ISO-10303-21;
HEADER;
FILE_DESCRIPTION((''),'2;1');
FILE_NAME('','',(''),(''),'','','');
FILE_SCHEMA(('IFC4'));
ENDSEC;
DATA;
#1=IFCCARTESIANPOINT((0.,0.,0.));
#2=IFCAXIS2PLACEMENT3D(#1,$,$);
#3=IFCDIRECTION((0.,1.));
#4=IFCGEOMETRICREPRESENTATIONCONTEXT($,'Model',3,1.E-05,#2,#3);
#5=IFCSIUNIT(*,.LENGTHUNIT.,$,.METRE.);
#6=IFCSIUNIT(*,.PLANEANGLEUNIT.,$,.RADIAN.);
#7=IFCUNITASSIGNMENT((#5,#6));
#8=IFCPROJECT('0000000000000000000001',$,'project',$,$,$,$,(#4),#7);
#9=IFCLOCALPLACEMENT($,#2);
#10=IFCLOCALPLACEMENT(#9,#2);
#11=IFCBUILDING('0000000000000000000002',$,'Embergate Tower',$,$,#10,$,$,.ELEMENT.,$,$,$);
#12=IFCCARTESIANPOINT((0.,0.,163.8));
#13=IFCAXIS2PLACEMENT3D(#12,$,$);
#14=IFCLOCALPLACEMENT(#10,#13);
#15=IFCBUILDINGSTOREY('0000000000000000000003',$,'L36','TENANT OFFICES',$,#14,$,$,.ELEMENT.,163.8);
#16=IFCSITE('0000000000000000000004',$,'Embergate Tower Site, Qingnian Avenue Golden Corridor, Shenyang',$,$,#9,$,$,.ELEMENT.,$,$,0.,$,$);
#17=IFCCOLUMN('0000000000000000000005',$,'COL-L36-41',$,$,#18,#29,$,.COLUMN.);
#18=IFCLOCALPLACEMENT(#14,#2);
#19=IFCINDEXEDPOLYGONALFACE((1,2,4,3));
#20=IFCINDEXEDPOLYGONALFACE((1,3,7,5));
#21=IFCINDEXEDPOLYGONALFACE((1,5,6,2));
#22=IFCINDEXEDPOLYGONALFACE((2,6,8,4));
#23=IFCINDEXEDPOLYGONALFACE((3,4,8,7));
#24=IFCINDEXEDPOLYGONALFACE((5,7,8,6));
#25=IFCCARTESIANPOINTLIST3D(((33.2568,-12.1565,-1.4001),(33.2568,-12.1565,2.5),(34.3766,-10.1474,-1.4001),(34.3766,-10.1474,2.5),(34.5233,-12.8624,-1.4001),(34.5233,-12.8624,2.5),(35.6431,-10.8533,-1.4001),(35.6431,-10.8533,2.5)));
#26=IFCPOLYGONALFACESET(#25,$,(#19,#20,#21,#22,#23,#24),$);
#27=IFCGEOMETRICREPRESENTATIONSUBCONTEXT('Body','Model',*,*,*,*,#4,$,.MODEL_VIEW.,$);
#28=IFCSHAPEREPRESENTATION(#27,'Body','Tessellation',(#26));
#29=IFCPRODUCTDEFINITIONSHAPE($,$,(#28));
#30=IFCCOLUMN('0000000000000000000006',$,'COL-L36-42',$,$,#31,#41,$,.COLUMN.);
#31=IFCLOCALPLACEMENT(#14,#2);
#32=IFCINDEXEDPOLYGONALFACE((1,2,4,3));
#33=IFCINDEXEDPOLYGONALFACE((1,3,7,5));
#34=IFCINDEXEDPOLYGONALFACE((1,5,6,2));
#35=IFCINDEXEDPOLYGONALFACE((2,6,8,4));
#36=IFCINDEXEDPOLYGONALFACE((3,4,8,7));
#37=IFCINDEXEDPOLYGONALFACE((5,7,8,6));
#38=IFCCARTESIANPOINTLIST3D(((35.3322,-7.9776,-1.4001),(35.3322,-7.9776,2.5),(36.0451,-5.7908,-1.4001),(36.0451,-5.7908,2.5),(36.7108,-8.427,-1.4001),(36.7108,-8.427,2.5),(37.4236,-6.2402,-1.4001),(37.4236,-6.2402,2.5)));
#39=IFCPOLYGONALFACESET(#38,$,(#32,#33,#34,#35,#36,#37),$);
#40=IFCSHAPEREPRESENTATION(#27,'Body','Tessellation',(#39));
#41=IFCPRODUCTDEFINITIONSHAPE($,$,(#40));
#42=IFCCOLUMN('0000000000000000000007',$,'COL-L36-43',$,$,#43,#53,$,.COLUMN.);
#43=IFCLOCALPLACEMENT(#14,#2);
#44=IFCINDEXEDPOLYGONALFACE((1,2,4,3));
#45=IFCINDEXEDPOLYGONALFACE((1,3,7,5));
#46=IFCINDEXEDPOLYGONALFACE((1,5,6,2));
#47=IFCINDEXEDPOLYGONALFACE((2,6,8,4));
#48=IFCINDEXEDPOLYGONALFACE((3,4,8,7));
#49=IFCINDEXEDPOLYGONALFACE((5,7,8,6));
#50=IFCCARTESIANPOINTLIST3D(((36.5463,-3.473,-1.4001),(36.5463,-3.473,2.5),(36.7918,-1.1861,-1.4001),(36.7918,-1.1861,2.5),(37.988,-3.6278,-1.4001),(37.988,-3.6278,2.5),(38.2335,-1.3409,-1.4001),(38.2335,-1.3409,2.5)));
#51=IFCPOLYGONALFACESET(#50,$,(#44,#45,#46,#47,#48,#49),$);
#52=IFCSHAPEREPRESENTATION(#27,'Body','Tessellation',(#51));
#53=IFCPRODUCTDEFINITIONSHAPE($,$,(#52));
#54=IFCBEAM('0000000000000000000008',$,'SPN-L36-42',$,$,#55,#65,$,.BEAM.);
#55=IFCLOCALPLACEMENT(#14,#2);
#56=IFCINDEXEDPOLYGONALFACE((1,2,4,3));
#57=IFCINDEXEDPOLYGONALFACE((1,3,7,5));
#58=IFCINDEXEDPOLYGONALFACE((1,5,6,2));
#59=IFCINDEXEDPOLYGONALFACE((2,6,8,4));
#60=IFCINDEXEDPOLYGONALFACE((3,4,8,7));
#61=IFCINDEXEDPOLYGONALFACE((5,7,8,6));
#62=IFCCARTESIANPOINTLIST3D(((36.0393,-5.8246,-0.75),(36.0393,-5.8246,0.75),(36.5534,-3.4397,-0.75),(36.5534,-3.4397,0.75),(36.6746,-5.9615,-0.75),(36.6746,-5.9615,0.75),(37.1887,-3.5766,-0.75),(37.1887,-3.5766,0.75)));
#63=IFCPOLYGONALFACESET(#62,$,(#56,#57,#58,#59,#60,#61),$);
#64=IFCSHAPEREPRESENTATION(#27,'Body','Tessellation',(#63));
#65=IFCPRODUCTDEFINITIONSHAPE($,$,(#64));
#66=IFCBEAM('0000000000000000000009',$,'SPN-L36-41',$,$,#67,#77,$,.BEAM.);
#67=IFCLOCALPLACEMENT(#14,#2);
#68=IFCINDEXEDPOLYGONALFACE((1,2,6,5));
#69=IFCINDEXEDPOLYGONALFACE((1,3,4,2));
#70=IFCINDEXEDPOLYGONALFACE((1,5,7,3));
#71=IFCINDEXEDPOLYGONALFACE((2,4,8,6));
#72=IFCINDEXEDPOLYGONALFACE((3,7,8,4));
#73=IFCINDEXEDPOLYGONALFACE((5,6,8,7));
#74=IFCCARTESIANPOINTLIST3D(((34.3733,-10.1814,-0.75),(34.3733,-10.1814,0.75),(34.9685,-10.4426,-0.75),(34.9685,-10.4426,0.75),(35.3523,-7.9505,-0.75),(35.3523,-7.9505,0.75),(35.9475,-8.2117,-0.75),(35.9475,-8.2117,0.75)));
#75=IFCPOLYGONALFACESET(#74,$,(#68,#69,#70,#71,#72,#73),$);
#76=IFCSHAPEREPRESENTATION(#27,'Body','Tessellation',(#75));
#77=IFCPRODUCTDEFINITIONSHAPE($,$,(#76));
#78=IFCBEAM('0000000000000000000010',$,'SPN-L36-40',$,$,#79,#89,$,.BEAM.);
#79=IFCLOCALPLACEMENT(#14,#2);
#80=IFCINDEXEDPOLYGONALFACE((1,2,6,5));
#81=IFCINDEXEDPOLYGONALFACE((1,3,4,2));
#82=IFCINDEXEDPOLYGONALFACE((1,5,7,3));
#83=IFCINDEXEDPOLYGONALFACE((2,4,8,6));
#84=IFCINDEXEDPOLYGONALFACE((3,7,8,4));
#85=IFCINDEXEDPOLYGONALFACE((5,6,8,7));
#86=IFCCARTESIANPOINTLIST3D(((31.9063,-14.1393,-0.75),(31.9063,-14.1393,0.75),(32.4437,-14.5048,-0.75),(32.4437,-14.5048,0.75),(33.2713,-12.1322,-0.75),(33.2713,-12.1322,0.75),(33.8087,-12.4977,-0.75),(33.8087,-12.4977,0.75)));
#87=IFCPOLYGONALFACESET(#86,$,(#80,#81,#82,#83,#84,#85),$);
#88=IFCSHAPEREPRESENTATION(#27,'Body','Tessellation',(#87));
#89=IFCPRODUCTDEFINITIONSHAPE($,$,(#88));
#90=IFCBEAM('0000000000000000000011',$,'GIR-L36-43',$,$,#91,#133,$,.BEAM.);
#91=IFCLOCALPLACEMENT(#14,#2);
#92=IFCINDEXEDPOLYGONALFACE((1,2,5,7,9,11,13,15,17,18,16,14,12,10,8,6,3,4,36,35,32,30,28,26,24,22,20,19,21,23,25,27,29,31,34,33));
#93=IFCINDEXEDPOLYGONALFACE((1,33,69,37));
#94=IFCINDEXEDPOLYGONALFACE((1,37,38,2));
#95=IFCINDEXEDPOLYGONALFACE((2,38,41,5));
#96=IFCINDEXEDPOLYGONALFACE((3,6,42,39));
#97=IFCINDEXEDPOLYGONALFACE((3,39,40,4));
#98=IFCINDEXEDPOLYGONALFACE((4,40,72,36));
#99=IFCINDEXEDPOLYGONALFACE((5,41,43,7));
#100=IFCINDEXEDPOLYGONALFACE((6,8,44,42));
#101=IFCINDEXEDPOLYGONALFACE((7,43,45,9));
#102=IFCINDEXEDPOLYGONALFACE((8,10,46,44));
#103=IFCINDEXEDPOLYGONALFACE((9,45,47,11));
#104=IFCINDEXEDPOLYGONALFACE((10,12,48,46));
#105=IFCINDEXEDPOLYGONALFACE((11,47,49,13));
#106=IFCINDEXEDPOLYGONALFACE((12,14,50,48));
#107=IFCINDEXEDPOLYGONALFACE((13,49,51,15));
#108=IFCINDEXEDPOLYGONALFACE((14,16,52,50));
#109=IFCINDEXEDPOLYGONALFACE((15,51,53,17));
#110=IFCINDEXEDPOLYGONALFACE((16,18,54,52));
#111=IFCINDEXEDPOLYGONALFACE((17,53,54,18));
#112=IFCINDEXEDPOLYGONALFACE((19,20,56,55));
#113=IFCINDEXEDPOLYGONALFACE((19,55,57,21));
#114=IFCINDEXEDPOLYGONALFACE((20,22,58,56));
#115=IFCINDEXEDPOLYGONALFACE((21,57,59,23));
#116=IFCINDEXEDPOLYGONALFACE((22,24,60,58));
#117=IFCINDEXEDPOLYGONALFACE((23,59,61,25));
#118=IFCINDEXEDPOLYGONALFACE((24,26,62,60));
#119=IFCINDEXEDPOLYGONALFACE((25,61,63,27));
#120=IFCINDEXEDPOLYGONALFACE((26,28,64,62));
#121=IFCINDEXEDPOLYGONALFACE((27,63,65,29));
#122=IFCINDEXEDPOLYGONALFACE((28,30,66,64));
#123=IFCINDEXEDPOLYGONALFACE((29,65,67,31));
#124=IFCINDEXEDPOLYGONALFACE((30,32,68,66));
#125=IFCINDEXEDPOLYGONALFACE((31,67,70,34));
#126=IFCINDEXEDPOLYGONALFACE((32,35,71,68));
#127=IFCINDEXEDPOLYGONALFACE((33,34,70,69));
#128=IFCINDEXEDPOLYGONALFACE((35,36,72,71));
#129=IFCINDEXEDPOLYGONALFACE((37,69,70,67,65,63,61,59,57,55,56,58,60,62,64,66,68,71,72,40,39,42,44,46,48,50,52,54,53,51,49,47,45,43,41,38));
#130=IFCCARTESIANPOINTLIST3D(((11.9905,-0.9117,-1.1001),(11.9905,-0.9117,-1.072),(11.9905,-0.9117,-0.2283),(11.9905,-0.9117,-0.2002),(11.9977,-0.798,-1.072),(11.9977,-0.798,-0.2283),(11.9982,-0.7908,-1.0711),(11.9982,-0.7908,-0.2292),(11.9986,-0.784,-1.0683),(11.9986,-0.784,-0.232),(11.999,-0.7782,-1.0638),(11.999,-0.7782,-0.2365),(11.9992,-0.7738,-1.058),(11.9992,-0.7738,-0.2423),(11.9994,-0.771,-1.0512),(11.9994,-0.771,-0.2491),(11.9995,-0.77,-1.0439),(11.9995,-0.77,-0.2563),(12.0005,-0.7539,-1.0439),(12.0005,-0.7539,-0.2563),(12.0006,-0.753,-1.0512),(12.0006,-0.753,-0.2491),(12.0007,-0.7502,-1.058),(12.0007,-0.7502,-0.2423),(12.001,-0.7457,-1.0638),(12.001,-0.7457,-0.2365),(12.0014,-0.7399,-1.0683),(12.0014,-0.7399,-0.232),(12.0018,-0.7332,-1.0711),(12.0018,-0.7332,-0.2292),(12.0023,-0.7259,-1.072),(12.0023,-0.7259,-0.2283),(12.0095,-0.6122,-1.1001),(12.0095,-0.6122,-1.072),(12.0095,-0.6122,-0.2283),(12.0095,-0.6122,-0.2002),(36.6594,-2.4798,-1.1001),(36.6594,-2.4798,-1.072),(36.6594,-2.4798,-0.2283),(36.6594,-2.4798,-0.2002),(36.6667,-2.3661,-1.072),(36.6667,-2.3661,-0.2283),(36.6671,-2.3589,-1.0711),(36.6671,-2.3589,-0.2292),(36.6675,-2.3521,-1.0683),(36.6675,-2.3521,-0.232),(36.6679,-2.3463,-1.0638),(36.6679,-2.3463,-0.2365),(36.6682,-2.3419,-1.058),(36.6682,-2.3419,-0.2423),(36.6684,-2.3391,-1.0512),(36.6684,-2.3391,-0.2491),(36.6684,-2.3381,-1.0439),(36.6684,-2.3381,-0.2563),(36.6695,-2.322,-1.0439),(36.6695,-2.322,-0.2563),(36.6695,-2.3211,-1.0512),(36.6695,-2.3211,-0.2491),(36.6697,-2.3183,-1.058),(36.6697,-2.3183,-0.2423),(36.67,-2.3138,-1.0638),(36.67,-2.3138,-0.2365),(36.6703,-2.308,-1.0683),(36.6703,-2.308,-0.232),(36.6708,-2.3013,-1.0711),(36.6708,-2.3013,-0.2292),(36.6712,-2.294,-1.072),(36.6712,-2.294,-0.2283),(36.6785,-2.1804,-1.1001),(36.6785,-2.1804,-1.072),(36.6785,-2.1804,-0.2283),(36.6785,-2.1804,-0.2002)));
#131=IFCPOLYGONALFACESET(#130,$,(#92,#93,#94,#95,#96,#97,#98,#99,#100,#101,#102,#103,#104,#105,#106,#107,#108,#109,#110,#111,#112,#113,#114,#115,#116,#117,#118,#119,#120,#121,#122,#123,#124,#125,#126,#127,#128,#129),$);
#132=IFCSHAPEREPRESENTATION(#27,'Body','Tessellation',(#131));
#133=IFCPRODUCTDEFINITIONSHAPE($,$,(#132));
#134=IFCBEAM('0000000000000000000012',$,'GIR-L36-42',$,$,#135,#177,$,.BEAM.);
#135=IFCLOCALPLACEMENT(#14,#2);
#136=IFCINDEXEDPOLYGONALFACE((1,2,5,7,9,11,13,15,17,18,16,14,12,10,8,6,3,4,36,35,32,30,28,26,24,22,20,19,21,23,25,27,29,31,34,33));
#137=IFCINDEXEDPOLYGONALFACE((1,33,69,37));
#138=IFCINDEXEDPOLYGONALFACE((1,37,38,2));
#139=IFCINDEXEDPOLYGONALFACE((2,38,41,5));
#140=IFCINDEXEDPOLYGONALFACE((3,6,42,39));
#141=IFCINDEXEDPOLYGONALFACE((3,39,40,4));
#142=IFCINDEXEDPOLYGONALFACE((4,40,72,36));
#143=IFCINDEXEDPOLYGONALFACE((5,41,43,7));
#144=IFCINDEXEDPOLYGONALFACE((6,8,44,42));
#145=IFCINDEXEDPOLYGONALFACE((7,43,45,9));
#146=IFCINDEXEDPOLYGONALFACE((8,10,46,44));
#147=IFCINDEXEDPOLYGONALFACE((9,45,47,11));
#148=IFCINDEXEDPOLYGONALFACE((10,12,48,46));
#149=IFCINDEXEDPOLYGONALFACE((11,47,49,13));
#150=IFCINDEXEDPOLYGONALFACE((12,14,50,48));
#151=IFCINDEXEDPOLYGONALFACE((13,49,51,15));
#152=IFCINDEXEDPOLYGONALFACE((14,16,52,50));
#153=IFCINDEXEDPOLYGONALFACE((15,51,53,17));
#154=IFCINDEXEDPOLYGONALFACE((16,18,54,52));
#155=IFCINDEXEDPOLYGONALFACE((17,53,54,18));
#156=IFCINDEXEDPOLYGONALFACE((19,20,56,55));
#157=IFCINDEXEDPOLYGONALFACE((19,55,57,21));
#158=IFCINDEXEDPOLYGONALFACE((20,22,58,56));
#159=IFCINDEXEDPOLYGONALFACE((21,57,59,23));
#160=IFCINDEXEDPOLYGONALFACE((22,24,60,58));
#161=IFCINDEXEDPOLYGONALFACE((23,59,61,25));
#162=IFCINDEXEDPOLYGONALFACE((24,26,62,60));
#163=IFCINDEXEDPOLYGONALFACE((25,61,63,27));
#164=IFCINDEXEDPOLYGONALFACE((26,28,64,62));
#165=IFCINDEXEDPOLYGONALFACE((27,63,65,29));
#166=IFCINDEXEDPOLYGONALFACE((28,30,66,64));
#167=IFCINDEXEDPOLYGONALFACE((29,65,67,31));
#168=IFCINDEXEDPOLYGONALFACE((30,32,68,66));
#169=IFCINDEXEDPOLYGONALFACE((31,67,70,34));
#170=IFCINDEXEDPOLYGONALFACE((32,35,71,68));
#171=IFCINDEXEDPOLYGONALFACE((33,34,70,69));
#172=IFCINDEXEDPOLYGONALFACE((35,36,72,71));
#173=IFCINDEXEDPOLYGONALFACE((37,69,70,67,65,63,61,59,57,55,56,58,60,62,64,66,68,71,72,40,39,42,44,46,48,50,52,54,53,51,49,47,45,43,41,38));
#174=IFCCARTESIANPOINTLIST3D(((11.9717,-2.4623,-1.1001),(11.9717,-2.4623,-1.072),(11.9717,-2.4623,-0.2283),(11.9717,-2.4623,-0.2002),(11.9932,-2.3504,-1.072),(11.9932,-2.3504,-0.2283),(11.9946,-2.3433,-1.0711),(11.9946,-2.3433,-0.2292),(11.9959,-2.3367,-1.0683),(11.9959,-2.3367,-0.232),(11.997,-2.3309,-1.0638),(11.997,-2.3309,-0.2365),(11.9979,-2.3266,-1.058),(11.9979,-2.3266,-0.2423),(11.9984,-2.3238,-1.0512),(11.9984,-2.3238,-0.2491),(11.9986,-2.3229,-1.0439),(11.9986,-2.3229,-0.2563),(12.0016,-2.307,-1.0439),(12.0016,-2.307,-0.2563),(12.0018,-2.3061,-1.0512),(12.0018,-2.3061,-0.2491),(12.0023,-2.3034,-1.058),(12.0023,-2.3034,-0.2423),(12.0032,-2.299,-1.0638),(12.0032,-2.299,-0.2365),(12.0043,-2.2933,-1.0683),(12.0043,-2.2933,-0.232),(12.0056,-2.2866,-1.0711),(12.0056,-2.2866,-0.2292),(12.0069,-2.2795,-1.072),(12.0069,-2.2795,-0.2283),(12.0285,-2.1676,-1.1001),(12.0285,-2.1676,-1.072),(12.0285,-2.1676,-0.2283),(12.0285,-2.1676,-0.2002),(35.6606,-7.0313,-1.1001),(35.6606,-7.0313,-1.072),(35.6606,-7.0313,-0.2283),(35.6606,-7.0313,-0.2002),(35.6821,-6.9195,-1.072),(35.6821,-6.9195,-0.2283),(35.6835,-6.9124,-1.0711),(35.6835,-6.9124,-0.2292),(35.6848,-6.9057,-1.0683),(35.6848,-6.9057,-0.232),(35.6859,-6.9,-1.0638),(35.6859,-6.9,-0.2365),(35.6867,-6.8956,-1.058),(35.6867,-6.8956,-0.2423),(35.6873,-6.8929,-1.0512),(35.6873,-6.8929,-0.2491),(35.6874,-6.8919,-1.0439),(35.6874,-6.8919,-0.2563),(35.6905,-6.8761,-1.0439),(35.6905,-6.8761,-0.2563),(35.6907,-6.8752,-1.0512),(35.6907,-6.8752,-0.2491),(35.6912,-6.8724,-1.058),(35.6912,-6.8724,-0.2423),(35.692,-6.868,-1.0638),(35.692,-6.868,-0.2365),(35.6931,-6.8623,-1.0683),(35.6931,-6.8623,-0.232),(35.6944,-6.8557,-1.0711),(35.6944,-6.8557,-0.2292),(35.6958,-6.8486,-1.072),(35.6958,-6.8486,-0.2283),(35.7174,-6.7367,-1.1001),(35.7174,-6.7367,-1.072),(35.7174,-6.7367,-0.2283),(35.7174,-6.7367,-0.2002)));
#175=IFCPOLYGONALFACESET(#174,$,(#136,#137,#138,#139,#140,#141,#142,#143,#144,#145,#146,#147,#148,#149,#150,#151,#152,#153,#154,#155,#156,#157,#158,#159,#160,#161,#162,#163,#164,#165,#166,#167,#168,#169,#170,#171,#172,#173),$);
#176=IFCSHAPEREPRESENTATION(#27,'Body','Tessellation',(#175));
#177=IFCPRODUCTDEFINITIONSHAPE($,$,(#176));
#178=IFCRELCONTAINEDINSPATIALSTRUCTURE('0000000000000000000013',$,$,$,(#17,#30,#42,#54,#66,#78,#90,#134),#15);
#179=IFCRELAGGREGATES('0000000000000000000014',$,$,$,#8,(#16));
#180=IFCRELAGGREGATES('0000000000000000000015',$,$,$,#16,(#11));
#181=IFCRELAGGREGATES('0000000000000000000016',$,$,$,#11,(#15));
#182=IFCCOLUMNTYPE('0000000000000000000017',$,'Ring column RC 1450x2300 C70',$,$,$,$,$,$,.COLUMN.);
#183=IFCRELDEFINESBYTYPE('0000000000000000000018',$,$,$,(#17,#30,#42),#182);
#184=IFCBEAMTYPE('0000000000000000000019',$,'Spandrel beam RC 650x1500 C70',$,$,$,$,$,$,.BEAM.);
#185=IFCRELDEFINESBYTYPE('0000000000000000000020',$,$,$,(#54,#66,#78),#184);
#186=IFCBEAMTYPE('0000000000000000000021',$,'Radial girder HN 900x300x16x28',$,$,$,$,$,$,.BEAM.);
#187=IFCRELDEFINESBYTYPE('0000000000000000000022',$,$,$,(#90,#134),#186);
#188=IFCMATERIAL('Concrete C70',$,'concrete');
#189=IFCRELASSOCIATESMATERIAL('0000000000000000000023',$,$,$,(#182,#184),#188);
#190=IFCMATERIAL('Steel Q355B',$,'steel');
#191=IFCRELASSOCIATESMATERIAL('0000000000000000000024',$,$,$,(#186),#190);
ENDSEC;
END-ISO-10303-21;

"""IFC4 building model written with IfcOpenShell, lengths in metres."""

from ifc_helpers import new_model, si_unit, direction, frame, origin, origin_2d, place, context, subcontext, project, spatial, rectangle, i_section, extrude, source, transform, mapped, material, material_profile, profile_set, type_object, element, save


model = new_model("IFC4")

# Units and contexts
model_context = context("Model", 3, precision=1e-05, world=origin(), true_north=direction((0.0, 1.0)))
body_context = subcontext(model_context, "Body", "Model", "MODEL_VIEW")
ifc_project = project(units=[si_unit("LENGTHUNIT", "METRE"), si_unit("PLANEANGLEUNIT", "RADIAN")], contexts=[model_context])

# Site, building, storey
site_placement = place(None, origin())
site = spatial("IfcSite", under=ifc_project, at=site_placement, Name="Embergate Tower Site, Qingnian Avenue Golden Corridor, Shenyang", CompositionType="ELEMENT", RefElevation=0.0)
building_placement = place(site_placement, origin())
building = spatial("IfcBuilding", under=site, at=building_placement, Name="Embergate Tower", CompositionType="ELEMENT")
storey_placement = place(building_placement, frame((0.0, 0.0, 163.8)))
storey = spatial("IfcBuildingStorey", under=building, at=storey_placement, Name="L36", Description="TENANT OFFICES", CompositionType="ELEMENT", Elevation=163.8)

# Columns
ifc_material_1 = material(Name="Concrete C70", Category="concrete")
ifc_material_profile_1 = material_profile(ifc_material_1, rectangle(XDim=1.45, YDim=2.3, at=origin_2d()), Name="RC 1450x2300")
ifc_profile_set_1 = profile_set([ifc_material_profile_1], Name="Concrete C70")
column_type = type_object("IfcColumnType", Name="Ring column RC 1450x2300 C70", PredefinedType="COLUMN", material=ifc_profile_set_1)
shared_shape_1 = source(origin(), body_context, "Body", "SweptSolid", [
    extrude(rectangle(XDim=1.45, YDim=2.3, at=origin_2d()), origin(), (0.0, 0.0, 1.0), 3.9001),
])
for number, where, z_axis, x_axis, name in (
    (1, (34.45, -11.5049, -1.4001), (0.0, 0.0, 1.0), (0.873492, -0.486839, 0.0), "COL-L36-41"),
    (2, (36.3779, -7.1089, -1.4001), (0.0, 0.0, 1.0), (0.950754, -0.309946, 0.0), "COL-L36-42"),
    (3, (37.3899, -2.407, -1.4001), (0.0, 0.0, 1.0), (0.994286, -0.10675, 0.0), "COL-L36-43"),
):
    element("IfcColumn", number, at=place(storey_placement, frame(where, z_axis=z_axis, x_axis=x_axis)), inside=storey, type_object=column_type, Name=name, PredefinedType="COLUMN", context=body_context, shape_type="MappedRepresentation", body=[
        mapped(shared_shape_1, transform((0.0, 0.0, 0.0))),
    ])

# Beams
ifc_material_profile_2 = material_profile(ifc_material_1, rectangle(XDim=0.6499, YDim=1.5, at=origin_2d()), Name="RC 650x1500")
ifc_profile_set_2 = profile_set([ifc_material_profile_2], Name="Concrete C70")
beam_type_1 = type_object("IfcBeamType", Name="Spandrel beam RC 650x1500 C70", PredefinedType="BEAM", material=ifc_profile_set_2)
shared_shape_2 = source(origin(), body_context, "Body", "SweptSolid", [
    extrude(rectangle(XDim=0.6499, YDim=1.5, at=origin_2d()), origin(), (0.0, 0.0, 1.0), 2.4397),
])
beam_1_placement = place(storey_placement, frame((36.3569, -5.8931, 0.0), z_axis=(0.210739, 0.977542, 0.0), x_axis=(-0.977542, 0.210739, 0.0)))
element("IfcBeam", 4, at=beam_1_placement, inside=storey, type_object=beam_type_1, Name="SPN-L36-42", PredefinedType="BEAM", context=body_context, shape_type="MappedRepresentation", body=[
    mapped(shared_shape_2, transform((0.0, 0.0, 0.0))),
])
shared_shape_3 = source(origin(), body_context, "Body", "SweptSolid", [
    extrude(rectangle(XDim=0.6499, YDim=1.5, at=origin_2d()), origin(), (0.0, 0.0, 1.0), 2.4363),
])
beam_2_placement = place(storey_placement, frame((34.6709, -10.312, 0.0), z_axis=(0.401838, 0.915711, 0.0), x_axis=(-0.915711, 0.401838, 0.0)))
element("IfcBeam", 5, at=beam_2_placement, inside=storey, type_object=beam_type_1, Name="SPN-L36-41", PredefinedType="BEAM", context=body_context, shape_type="MappedRepresentation", body=[
    mapped(shared_shape_3, transform((0.0, 0.0, 0.0))),
])
shared_shape_4 = source(origin(), body_context, "Body", "SweptSolid", [
    extrude(rectangle(XDim=0.6499, YDim=1.5, at=origin_2d()), origin(), (0.0, 0.0, 1.0), 2.4272),
])
beam_3_placement = place(storey_placement, frame((32.175, -14.322, 0.0), z_axis=(0.56236, 0.826893, 0.0), x_axis=(-0.826893, 0.56236, 0.0)))
element("IfcBeam", 6, at=beam_3_placement, inside=storey, type_object=beam_type_1, Name="SPN-L36-40", PredefinedType="BEAM", context=body_context, shape_type="MappedRepresentation", body=[
    mapped(shared_shape_4, transform((0.0, 0.0, 0.0))),
])
ifc_material_2 = material(Name="Steel Q355B", Category="steel")
ifc_material_profile_3 = material_profile(ifc_material_2, i_section(OverallWidth=0.3, OverallDepth=0.8999, WebThickness=0.0161, FlangeThickness=0.0281, FilletRadius=0.0281, at=origin_2d()), Name="HN 900x300x16x28")
ifc_profile_set_3 = profile_set([ifc_material_profile_3], Name="Steel Q355 grade B")
beam_type_2 = type_object("IfcBeamType", Name="Radial girder HN 900x300x16x28", PredefinedType="BEAM", material=ifc_profile_set_3)
shared_shape_5 = source(origin(), body_context, "Body", "SweptSolid", [
    extrude(i_section(OverallWidth=0.3, OverallDepth=0.8999, WebThickness=0.0161, FlangeThickness=0.0281, FilletRadius=0.0281, at=origin_2d()), origin(), (0.0, 0.0, 1.0), 24.7188),
])
beam_4_placement = place(storey_placement, frame((36.6689, -2.3301, -0.6501), z_axis=(-0.997986, 0.063438, 0.0), x_axis=(-0.063438, -0.997986, 0.0)))
element("IfcBeam", 7, at=beam_4_placement, inside=storey, type_object=beam_type_2, Name="GIR-L36-43", PredefinedType="BEAM", context=body_context, shape_type="MappedRepresentation", body=[
    mapped(shared_shape_5, transform((0.0, 0.0, 0.0))),
])
shared_shape_6 = source(origin(), body_context, "Body", "SweptSolid", [
    extrude(i_section(OverallWidth=0.3, OverallDepth=0.8999, WebThickness=0.0161, FlangeThickness=0.0281, FilletRadius=0.0281, at=origin_2d()), origin(), (0.0, 0.0, 1.0), 24.1255),
])
beam_5_placement = place(storey_placement, frame((35.689, -6.884, -0.6501), z_axis=(-0.981902, 0.189388, 0.0), x_axis=(-0.189388, -0.981902, 0.0)))
element("IfcBeam", 8, at=beam_5_placement, inside=storey, type_object=beam_type_2, Name="GIR-L36-42", PredefinedType="BEAM", context=body_context, shape_type="MappedRepresentation", body=[
    mapped(shared_shape_6, transform((0.0, 0.0, 0.0))),
])

save(model, "model.ifc")
